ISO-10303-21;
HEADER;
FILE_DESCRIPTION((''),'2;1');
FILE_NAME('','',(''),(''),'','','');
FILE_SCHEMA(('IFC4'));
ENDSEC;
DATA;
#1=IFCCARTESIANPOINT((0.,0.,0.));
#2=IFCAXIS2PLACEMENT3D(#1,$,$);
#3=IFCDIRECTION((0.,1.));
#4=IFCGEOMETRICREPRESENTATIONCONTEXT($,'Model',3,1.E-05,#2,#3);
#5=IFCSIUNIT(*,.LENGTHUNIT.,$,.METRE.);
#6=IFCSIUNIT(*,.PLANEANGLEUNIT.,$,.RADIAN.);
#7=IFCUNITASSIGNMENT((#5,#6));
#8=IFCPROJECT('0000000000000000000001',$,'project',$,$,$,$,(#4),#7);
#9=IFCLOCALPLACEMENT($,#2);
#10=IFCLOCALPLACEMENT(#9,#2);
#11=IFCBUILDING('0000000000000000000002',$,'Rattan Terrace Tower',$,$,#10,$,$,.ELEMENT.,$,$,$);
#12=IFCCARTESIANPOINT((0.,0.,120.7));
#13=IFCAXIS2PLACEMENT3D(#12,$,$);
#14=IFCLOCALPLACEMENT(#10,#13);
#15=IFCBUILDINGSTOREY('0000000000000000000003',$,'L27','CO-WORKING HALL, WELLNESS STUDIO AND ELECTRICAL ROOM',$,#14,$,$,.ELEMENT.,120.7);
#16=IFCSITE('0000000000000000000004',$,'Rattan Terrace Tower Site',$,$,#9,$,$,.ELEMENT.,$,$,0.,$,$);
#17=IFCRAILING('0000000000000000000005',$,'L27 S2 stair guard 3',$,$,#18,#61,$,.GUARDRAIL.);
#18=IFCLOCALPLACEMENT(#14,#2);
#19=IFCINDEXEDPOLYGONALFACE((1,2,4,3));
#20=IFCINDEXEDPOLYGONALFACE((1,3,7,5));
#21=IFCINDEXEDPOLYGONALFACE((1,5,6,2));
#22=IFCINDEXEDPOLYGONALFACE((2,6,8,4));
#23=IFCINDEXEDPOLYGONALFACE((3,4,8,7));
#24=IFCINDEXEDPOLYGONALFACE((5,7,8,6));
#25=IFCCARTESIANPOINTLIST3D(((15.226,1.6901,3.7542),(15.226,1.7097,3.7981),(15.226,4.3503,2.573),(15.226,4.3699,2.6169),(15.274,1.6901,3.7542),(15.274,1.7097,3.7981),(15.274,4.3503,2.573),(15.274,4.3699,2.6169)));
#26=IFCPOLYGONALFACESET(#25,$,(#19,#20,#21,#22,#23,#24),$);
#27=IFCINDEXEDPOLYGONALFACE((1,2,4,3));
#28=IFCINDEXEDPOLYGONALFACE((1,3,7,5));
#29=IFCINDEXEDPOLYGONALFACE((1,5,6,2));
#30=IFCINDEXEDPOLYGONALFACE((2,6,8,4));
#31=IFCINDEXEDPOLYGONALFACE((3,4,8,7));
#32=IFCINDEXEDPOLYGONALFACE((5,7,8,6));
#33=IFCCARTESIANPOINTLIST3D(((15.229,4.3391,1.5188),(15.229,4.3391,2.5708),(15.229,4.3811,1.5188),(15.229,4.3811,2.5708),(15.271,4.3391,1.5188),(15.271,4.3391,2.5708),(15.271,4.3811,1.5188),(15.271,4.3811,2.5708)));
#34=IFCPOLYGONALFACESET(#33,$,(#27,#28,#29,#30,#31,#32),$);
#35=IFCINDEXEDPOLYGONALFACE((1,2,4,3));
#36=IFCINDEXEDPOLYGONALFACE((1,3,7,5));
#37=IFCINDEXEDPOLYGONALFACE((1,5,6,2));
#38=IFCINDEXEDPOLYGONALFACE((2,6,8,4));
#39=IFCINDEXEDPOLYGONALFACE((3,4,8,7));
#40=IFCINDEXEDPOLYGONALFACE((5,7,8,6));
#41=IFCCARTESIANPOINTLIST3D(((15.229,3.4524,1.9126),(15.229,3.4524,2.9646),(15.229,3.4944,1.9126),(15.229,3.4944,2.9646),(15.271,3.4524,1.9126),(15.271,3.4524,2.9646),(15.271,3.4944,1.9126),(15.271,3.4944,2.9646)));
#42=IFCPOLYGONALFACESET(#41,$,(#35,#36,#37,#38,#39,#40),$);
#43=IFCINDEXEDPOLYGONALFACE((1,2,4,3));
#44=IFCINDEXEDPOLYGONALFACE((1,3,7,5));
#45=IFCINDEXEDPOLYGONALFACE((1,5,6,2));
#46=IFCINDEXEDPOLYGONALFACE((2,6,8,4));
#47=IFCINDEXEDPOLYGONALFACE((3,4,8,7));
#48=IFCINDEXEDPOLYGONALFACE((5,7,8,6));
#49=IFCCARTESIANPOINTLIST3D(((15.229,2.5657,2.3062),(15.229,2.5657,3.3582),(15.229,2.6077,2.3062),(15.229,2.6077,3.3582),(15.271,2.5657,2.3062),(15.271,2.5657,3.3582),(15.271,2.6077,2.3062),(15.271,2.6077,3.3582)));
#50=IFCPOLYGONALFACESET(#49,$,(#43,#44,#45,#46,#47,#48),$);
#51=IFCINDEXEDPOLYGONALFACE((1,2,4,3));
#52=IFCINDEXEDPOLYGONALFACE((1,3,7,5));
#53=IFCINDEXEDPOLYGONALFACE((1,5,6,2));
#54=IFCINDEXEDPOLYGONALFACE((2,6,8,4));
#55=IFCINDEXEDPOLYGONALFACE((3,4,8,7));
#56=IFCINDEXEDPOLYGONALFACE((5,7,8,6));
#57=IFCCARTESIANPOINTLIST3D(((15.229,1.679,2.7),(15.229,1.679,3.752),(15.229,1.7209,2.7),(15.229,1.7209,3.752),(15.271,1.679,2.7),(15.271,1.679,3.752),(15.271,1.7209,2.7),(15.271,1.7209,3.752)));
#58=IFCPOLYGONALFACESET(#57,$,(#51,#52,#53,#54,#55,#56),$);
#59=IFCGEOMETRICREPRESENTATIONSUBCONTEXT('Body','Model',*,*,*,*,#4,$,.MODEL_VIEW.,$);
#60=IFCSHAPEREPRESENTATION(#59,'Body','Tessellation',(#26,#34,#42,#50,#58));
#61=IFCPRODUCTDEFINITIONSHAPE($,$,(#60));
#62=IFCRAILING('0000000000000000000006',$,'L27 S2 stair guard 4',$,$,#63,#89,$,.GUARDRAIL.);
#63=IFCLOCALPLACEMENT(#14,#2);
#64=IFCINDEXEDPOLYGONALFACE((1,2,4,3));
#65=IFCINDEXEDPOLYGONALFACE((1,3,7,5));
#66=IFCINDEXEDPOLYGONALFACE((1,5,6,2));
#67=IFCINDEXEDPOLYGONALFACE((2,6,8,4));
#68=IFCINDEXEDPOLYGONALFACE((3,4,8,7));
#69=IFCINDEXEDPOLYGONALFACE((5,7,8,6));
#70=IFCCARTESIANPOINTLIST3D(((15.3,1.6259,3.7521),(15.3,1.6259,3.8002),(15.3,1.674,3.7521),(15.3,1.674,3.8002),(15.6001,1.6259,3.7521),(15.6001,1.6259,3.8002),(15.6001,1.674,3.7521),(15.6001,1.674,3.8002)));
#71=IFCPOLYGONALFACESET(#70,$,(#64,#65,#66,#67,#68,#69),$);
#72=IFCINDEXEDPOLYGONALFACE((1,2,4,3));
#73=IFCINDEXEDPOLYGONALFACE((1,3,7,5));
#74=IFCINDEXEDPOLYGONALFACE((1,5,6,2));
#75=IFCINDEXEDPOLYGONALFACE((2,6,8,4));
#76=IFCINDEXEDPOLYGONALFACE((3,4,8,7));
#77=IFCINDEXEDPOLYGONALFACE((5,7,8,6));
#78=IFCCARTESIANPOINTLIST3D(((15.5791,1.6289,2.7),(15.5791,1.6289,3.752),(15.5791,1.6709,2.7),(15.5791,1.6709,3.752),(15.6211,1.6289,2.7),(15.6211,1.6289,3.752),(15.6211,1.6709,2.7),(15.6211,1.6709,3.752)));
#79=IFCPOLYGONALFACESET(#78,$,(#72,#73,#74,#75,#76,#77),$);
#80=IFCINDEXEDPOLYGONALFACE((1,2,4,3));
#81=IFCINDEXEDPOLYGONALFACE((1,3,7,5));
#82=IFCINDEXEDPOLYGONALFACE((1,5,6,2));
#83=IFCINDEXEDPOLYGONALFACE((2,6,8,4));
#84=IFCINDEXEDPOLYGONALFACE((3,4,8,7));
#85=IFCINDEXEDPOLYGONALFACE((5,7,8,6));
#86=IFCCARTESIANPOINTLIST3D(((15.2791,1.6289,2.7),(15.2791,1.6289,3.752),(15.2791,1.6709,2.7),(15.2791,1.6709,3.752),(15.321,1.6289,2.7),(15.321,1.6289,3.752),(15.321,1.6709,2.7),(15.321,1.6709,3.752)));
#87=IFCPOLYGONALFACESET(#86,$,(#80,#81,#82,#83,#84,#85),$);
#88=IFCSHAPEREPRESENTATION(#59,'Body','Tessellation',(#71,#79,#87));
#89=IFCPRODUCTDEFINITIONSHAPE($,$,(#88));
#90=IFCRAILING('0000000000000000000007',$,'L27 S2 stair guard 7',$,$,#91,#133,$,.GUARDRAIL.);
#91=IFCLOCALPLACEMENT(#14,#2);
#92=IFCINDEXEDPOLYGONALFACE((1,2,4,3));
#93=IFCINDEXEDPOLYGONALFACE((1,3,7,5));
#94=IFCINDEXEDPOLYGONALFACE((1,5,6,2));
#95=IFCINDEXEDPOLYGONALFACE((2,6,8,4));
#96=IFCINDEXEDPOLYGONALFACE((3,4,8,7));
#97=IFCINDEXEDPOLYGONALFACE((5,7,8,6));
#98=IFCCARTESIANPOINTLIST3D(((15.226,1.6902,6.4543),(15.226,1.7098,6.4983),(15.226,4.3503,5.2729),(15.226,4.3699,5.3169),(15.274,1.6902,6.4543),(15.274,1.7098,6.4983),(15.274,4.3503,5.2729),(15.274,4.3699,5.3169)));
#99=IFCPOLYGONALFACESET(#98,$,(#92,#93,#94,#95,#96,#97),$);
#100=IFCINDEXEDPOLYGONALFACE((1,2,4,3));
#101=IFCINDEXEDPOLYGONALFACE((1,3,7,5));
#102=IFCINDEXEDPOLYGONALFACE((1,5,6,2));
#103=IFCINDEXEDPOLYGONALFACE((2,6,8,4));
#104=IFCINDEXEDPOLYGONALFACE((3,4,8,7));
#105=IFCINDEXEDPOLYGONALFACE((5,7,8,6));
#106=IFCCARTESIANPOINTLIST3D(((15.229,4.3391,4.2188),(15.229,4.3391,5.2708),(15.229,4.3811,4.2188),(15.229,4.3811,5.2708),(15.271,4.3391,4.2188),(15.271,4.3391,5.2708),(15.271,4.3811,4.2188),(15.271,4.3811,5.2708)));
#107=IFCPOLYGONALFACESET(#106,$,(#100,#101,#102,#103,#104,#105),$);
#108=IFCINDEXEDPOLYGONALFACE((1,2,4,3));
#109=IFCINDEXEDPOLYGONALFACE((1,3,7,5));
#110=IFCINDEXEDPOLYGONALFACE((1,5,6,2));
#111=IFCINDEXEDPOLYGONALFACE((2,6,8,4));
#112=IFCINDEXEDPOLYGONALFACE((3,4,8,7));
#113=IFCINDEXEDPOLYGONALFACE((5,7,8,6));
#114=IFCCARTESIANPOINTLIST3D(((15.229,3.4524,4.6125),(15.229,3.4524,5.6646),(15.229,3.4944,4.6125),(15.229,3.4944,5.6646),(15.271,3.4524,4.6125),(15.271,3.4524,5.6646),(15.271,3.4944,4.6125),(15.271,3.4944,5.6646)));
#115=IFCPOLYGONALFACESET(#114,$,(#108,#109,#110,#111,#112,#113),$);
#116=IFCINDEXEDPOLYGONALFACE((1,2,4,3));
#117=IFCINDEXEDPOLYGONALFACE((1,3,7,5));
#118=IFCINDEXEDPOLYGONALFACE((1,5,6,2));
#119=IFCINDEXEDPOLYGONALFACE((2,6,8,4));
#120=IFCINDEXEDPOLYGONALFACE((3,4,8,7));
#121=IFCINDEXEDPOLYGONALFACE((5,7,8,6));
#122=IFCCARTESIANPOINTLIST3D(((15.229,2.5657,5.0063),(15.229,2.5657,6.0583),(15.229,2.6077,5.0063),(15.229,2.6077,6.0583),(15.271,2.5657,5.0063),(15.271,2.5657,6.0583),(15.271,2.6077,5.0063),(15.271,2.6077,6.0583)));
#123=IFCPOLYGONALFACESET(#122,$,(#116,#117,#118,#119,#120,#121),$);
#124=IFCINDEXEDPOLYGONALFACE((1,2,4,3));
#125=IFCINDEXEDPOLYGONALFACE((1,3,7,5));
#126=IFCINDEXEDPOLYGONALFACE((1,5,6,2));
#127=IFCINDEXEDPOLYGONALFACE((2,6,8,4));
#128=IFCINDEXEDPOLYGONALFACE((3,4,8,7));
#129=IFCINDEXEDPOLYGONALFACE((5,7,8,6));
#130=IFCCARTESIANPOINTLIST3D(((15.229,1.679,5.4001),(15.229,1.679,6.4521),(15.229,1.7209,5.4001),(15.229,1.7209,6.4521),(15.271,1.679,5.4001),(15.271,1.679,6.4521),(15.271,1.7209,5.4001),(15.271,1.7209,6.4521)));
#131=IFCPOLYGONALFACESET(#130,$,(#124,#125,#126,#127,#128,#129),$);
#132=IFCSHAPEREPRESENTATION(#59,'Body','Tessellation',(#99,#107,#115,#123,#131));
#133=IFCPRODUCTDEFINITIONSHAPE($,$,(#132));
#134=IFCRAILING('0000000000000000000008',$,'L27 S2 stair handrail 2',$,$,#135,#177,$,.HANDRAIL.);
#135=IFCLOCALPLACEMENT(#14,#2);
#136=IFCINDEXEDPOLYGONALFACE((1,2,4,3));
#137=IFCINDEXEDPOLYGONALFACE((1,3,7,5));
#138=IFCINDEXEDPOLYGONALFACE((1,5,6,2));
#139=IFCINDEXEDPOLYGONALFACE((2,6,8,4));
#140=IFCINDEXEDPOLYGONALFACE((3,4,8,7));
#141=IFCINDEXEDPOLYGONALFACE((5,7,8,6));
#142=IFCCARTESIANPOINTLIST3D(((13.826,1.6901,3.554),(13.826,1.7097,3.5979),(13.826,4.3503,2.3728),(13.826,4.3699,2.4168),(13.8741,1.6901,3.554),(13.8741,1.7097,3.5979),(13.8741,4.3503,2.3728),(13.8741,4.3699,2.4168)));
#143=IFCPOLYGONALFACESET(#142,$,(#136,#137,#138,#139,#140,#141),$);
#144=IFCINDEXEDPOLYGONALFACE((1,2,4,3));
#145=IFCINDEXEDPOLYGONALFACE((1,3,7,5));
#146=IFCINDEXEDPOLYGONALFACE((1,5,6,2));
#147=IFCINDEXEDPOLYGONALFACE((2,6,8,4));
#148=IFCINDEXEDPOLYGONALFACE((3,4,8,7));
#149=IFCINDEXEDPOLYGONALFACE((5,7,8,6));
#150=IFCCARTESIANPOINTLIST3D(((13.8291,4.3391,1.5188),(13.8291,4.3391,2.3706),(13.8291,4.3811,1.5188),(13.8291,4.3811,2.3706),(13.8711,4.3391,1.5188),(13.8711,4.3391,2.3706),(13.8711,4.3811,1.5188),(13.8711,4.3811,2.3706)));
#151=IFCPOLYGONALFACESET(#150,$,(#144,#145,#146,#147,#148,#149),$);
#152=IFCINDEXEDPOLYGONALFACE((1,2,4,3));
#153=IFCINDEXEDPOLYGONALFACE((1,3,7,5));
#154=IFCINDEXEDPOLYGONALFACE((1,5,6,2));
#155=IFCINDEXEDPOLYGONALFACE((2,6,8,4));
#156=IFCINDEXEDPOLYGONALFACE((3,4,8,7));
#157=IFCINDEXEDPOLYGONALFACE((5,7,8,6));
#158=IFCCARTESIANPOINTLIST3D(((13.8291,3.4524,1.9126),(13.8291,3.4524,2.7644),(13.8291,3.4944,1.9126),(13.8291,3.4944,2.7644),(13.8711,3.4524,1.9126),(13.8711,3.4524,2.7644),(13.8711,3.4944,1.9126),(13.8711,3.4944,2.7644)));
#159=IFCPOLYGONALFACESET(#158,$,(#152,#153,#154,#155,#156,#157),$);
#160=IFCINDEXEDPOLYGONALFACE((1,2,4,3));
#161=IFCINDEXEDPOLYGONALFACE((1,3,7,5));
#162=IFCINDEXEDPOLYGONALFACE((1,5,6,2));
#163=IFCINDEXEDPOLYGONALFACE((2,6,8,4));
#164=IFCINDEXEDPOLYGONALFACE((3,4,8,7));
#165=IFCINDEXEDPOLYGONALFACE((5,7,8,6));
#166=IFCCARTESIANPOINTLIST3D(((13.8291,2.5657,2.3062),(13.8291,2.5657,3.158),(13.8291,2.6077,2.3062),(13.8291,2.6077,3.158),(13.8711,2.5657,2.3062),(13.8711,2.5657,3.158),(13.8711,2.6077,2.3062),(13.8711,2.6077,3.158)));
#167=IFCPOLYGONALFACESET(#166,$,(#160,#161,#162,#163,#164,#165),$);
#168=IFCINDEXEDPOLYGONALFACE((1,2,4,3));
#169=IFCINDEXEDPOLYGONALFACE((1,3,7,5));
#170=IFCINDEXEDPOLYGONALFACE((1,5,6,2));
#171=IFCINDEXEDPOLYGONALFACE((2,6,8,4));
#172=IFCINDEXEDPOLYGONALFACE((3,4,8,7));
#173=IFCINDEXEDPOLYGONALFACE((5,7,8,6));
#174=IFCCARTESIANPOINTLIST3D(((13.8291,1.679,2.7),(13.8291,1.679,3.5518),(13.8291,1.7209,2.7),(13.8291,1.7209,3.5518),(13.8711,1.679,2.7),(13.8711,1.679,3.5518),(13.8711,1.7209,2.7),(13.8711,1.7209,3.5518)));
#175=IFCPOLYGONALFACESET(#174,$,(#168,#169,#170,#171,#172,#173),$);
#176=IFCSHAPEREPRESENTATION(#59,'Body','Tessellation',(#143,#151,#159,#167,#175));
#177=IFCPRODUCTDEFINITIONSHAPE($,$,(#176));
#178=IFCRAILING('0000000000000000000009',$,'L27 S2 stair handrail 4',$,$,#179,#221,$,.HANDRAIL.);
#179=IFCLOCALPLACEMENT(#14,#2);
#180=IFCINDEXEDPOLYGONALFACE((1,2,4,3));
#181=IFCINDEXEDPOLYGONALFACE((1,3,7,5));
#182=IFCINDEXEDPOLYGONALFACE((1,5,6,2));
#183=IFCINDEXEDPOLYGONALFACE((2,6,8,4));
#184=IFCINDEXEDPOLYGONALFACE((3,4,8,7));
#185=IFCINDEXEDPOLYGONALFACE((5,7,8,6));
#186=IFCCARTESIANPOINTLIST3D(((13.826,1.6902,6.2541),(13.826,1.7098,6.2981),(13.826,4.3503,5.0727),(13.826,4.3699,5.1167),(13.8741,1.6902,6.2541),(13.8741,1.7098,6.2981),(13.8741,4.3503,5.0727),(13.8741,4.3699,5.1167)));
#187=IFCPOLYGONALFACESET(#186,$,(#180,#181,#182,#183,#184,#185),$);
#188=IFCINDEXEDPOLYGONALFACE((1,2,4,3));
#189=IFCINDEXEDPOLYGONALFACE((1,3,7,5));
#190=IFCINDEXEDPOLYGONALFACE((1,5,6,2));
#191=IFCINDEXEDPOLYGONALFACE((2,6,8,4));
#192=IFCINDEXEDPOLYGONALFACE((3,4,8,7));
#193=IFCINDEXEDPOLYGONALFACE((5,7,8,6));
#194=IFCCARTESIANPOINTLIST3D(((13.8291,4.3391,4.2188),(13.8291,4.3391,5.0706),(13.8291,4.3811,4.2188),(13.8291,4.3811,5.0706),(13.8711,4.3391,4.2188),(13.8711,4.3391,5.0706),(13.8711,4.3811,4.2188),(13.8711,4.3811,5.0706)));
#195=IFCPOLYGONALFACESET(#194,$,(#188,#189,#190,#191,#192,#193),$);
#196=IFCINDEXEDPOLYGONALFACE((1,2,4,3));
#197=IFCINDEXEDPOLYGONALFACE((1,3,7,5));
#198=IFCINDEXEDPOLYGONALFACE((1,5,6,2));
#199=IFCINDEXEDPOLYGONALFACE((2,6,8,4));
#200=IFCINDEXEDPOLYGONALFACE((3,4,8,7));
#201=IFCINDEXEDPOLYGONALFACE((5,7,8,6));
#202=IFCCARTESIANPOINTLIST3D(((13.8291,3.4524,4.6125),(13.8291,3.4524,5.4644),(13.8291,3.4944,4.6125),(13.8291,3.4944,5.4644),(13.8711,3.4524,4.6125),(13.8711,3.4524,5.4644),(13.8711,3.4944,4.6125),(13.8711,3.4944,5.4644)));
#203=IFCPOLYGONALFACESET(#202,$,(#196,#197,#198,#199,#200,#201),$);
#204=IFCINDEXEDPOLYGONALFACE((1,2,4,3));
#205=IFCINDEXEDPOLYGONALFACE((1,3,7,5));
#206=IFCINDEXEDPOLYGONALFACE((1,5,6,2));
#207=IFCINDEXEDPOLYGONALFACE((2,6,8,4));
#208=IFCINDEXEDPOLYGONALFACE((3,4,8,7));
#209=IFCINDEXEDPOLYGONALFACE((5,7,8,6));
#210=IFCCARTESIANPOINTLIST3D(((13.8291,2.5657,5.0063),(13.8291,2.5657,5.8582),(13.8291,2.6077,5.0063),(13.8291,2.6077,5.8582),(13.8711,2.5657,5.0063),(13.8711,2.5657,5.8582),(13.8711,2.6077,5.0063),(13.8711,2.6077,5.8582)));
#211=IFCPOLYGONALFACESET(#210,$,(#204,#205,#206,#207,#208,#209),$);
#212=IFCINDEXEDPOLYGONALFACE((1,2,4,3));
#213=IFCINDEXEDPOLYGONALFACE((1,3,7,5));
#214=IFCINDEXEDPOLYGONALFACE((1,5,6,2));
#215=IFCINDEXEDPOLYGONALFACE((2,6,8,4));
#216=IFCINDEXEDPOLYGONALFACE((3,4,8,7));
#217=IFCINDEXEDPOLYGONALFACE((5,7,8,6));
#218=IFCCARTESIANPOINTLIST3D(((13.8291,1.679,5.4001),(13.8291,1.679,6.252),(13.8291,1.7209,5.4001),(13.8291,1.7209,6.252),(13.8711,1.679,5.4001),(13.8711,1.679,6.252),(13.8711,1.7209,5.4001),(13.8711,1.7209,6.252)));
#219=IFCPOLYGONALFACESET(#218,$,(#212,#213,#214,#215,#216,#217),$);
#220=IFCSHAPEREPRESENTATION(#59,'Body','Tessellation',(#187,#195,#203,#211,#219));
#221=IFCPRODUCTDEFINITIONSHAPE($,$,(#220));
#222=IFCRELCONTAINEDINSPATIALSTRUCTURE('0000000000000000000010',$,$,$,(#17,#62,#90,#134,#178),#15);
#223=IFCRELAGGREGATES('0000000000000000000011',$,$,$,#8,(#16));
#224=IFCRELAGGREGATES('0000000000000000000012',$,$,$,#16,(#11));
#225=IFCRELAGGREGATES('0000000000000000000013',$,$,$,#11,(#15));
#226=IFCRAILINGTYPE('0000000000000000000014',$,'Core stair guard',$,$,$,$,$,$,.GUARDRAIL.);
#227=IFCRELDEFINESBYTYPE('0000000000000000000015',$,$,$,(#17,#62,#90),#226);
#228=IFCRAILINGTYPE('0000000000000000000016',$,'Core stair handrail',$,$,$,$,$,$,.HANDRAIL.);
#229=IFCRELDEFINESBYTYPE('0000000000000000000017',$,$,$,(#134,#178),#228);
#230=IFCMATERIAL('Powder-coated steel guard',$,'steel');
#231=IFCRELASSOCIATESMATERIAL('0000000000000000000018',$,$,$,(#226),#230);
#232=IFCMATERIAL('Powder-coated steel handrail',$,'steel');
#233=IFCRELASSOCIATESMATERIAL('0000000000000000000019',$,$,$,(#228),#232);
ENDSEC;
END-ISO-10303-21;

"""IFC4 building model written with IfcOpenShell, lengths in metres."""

from ifc_helpers import new_model, si_unit, direction, frame, origin, origin_2d, place, context, subcontext, project, spatial, rectangle, extrude, material, type_object, element, save


model = new_model("IFC4")

# Units and contexts
model_context = context("Model", 3, precision=1e-05, world=origin(), true_north=direction((0.0, 1.0)))
body_context = subcontext(model_context, "Body", "Model", "MODEL_VIEW")
ifc_project = project(units=[si_unit("LENGTHUNIT", "METRE"), si_unit("PLANEANGLEUNIT", "RADIAN")], contexts=[model_context])

# Site, building, storey
site_placement = place(None, origin())
site = spatial("IfcSite", under=ifc_project, at=site_placement, Name="Rattan Terrace Tower Site", CompositionType="ELEMENT", RefElevation=0.0)
building_placement = place(site_placement, origin())
building = spatial("IfcBuilding", under=site, at=building_placement, Name="Rattan Terrace Tower", CompositionType="ELEMENT")
storey_placement = place(building_placement, frame((0.0, 0.0, 120.7)))
storey = spatial("IfcBuildingStorey", under=building, at=storey_placement, Name="L27", Description="CO-WORKING HALL, WELLNESS STUDIO AND ELECTRICAL ROOM", CompositionType="ELEMENT", Elevation=120.7)

# Railings
ifc_material_1 = material(Name="Powder-coated steel guard", Category="steel")
railing_type_1 = type_object("IfcRailingType", Name="Core stair guard", PredefinedType="GUARDRAIL", material=ifc_material_1)
railing_1_placement = place(storey_placement, frame((15.25, 4.3601, 1.5188)))
element("IfcRailing", 1, at=railing_1_placement, inside=storey, type_object=railing_type_1, Name="L27 S2 stair guard 3", PredefinedType="GUARDRAIL", context=body_context, shape_type="SweptSolid", body=[
    extrude(rectangle(XDim=0.0481, YDim=0.0481, at=origin_2d()), frame((0.0, 0.0, 1.0762), z_axis=(0.0, -0.913957, 0.405812), x_axis=(1.0, 0.0, 0.0)), (0.0, 0.0, 1.0), 2.9106),
    extrude(rectangle(XDim=0.042, YDim=0.042, at=origin_2d()), origin(), (0.0, 0.0, 1.0), 1.052),
    extrude(rectangle(XDim=0.042, YDim=0.042, at=origin_2d()), frame((0.0, -0.8867, 0.3938)), (0.0, 0.0, 1.0), 1.052),
    extrude(rectangle(XDim=0.042, YDim=0.042, at=origin_2d()), frame((0.0, -1.7734, 0.7874)), (0.0, 0.0, 1.0), 1.052),
    extrude(rectangle(XDim=0.042, YDim=0.042, at=origin_2d()), frame((0.0, -2.6602, 1.1812)), (0.0, 0.0, 1.0), 1.052),
])
railing_2_placement = place(storey_placement, frame((15.6001, 1.6499, 2.7)))
element("IfcRailing", 2, at=railing_2_placement, inside=storey, type_object=railing_type_1, Name="L27 S2 stair guard 4", PredefinedType="GUARDRAIL", context=body_context, shape_type="SweptSolid", body=[
    extrude(rectangle(XDim=0.0481, YDim=0.0481, at=origin_2d()), frame((0.0, 0.0, 1.0762), z_axis=(-1.0, 0.0, 0.0), x_axis=(0.0, -1.0, 0.0)), (0.0, 0.0, 1.0), 0.3),
    extrude(rectangle(XDim=0.042, YDim=0.042, at=origin_2d()), origin(), (0.0, 0.0, 1.0), 1.052),
    extrude(rectangle(XDim=0.042, YDim=0.042, at=origin_2d()), frame((-0.3, 0.0, 0.0)), (0.0, 0.0, 1.0), 1.052),
])
railing_3_placement = place(storey_placement, frame((15.25, 4.3601, 4.2188)))
element("IfcRailing", 3, at=railing_3_placement, inside=storey, type_object=railing_type_1, Name="L27 S2 stair guard 7", PredefinedType="GUARDRAIL", context=body_context, shape_type="SweptSolid", body=[
    extrude(rectangle(XDim=0.0481, YDim=0.0481, at=origin_2d()), frame((0.0, 0.0, 1.0762), z_axis=(0.0, -0.913926, 0.405882), x_axis=(1.0, 0.0, 0.0)), (0.0, 0.0, 1.0), 2.9106),
    extrude(rectangle(XDim=0.042, YDim=0.042, at=origin_2d()), origin(), (0.0, 0.0, 1.0), 1.052),
    extrude(rectangle(XDim=0.042, YDim=0.042, at=origin_2d()), frame((0.0, -0.8867, 0.3938)), (0.0, 0.0, 1.0), 1.052),
    extrude(rectangle(XDim=0.042, YDim=0.042, at=origin_2d()), frame((0.0, -1.7734, 0.7876)), (0.0, 0.0, 1.0), 1.052),
    extrude(rectangle(XDim=0.042, YDim=0.042, at=origin_2d()), frame((0.0, -2.6602, 1.1814)), (0.0, 0.0, 1.0), 1.052),
])
ifc_material_2 = material(Name="Powder-coated steel handrail", Category="steel")
railing_type_2 = type_object("IfcRailingType", Name="Core stair handrail", PredefinedType="HANDRAIL", material=ifc_material_2)
railing_4_placement = place(storey_placement, frame((13.8501, 4.3601, 1.5188)))
element("IfcRailing", 4, at=railing_4_placement, inside=storey, type_object=railing_type_2, Name="L27 S2 stair handrail 2", PredefinedType="HANDRAIL", context=body_context, shape_type="SweptSolid", body=[
    extrude(rectangle(XDim=0.0481, YDim=0.0481, at=origin_2d()), frame((0.0, 0.0, 0.876), z_axis=(0.0, -0.913957, 0.405812), x_axis=(1.0, 0.0, 0.0)), (0.0, 0.0, 1.0), 2.9106),
    extrude(rectangle(XDim=0.042, YDim=0.042, at=origin_2d()), origin(), (0.0, 0.0, 1.0), 0.8518),
    extrude(rectangle(XDim=0.042, YDim=0.042, at=origin_2d()), frame((0.0, -0.8867, 0.3938)), (0.0, 0.0, 1.0), 0.8518),
    extrude(rectangle(XDim=0.042, YDim=0.042, at=origin_2d()), frame((0.0, -1.7734, 0.7874)), (0.0, 0.0, 1.0), 0.8518),
    extrude(rectangle(XDim=0.042, YDim=0.042, at=origin_2d()), frame((0.0, -2.6602, 1.1812)), (0.0, 0.0, 1.0), 0.8518),
])
railing_5_placement = place(storey_placement, frame((13.8501, 4.3601, 4.2188)))
element("IfcRailing", 5, at=railing_5_placement, inside=storey, type_object=railing_type_2, Name="L27 S2 stair handrail 4", PredefinedType="HANDRAIL", context=body_context, shape_type="SweptSolid", body=[
    extrude(rectangle(XDim=0.0481, YDim=0.0481, at=origin_2d()), frame((0.0, 0.0, 0.876), z_axis=(0.0, -0.913926, 0.405882), x_axis=(1.0, 0.0, 0.0)), (0.0, 0.0, 1.0), 2.9106),
    extrude(rectangle(XDim=0.042, YDim=0.042, at=origin_2d()), origin(), (0.0, 0.0, 1.0), 0.8518),
    extrude(rectangle(XDim=0.042, YDim=0.042, at=origin_2d()), frame((0.0, -0.8867, 0.3938)), (0.0, 0.0, 1.0), 0.8518),
    extrude(rectangle(XDim=0.042, YDim=0.042, at=origin_2d()), frame((0.0, -1.7734, 0.7876)), (0.0, 0.0, 1.0), 0.8518),
    extrude(rectangle(XDim=0.042, YDim=0.042, at=origin_2d()), frame((0.0, -2.6602, 1.1814)), (0.0, 0.0, 1.0), 0.8518),
])

save(model, "model.ifc")
